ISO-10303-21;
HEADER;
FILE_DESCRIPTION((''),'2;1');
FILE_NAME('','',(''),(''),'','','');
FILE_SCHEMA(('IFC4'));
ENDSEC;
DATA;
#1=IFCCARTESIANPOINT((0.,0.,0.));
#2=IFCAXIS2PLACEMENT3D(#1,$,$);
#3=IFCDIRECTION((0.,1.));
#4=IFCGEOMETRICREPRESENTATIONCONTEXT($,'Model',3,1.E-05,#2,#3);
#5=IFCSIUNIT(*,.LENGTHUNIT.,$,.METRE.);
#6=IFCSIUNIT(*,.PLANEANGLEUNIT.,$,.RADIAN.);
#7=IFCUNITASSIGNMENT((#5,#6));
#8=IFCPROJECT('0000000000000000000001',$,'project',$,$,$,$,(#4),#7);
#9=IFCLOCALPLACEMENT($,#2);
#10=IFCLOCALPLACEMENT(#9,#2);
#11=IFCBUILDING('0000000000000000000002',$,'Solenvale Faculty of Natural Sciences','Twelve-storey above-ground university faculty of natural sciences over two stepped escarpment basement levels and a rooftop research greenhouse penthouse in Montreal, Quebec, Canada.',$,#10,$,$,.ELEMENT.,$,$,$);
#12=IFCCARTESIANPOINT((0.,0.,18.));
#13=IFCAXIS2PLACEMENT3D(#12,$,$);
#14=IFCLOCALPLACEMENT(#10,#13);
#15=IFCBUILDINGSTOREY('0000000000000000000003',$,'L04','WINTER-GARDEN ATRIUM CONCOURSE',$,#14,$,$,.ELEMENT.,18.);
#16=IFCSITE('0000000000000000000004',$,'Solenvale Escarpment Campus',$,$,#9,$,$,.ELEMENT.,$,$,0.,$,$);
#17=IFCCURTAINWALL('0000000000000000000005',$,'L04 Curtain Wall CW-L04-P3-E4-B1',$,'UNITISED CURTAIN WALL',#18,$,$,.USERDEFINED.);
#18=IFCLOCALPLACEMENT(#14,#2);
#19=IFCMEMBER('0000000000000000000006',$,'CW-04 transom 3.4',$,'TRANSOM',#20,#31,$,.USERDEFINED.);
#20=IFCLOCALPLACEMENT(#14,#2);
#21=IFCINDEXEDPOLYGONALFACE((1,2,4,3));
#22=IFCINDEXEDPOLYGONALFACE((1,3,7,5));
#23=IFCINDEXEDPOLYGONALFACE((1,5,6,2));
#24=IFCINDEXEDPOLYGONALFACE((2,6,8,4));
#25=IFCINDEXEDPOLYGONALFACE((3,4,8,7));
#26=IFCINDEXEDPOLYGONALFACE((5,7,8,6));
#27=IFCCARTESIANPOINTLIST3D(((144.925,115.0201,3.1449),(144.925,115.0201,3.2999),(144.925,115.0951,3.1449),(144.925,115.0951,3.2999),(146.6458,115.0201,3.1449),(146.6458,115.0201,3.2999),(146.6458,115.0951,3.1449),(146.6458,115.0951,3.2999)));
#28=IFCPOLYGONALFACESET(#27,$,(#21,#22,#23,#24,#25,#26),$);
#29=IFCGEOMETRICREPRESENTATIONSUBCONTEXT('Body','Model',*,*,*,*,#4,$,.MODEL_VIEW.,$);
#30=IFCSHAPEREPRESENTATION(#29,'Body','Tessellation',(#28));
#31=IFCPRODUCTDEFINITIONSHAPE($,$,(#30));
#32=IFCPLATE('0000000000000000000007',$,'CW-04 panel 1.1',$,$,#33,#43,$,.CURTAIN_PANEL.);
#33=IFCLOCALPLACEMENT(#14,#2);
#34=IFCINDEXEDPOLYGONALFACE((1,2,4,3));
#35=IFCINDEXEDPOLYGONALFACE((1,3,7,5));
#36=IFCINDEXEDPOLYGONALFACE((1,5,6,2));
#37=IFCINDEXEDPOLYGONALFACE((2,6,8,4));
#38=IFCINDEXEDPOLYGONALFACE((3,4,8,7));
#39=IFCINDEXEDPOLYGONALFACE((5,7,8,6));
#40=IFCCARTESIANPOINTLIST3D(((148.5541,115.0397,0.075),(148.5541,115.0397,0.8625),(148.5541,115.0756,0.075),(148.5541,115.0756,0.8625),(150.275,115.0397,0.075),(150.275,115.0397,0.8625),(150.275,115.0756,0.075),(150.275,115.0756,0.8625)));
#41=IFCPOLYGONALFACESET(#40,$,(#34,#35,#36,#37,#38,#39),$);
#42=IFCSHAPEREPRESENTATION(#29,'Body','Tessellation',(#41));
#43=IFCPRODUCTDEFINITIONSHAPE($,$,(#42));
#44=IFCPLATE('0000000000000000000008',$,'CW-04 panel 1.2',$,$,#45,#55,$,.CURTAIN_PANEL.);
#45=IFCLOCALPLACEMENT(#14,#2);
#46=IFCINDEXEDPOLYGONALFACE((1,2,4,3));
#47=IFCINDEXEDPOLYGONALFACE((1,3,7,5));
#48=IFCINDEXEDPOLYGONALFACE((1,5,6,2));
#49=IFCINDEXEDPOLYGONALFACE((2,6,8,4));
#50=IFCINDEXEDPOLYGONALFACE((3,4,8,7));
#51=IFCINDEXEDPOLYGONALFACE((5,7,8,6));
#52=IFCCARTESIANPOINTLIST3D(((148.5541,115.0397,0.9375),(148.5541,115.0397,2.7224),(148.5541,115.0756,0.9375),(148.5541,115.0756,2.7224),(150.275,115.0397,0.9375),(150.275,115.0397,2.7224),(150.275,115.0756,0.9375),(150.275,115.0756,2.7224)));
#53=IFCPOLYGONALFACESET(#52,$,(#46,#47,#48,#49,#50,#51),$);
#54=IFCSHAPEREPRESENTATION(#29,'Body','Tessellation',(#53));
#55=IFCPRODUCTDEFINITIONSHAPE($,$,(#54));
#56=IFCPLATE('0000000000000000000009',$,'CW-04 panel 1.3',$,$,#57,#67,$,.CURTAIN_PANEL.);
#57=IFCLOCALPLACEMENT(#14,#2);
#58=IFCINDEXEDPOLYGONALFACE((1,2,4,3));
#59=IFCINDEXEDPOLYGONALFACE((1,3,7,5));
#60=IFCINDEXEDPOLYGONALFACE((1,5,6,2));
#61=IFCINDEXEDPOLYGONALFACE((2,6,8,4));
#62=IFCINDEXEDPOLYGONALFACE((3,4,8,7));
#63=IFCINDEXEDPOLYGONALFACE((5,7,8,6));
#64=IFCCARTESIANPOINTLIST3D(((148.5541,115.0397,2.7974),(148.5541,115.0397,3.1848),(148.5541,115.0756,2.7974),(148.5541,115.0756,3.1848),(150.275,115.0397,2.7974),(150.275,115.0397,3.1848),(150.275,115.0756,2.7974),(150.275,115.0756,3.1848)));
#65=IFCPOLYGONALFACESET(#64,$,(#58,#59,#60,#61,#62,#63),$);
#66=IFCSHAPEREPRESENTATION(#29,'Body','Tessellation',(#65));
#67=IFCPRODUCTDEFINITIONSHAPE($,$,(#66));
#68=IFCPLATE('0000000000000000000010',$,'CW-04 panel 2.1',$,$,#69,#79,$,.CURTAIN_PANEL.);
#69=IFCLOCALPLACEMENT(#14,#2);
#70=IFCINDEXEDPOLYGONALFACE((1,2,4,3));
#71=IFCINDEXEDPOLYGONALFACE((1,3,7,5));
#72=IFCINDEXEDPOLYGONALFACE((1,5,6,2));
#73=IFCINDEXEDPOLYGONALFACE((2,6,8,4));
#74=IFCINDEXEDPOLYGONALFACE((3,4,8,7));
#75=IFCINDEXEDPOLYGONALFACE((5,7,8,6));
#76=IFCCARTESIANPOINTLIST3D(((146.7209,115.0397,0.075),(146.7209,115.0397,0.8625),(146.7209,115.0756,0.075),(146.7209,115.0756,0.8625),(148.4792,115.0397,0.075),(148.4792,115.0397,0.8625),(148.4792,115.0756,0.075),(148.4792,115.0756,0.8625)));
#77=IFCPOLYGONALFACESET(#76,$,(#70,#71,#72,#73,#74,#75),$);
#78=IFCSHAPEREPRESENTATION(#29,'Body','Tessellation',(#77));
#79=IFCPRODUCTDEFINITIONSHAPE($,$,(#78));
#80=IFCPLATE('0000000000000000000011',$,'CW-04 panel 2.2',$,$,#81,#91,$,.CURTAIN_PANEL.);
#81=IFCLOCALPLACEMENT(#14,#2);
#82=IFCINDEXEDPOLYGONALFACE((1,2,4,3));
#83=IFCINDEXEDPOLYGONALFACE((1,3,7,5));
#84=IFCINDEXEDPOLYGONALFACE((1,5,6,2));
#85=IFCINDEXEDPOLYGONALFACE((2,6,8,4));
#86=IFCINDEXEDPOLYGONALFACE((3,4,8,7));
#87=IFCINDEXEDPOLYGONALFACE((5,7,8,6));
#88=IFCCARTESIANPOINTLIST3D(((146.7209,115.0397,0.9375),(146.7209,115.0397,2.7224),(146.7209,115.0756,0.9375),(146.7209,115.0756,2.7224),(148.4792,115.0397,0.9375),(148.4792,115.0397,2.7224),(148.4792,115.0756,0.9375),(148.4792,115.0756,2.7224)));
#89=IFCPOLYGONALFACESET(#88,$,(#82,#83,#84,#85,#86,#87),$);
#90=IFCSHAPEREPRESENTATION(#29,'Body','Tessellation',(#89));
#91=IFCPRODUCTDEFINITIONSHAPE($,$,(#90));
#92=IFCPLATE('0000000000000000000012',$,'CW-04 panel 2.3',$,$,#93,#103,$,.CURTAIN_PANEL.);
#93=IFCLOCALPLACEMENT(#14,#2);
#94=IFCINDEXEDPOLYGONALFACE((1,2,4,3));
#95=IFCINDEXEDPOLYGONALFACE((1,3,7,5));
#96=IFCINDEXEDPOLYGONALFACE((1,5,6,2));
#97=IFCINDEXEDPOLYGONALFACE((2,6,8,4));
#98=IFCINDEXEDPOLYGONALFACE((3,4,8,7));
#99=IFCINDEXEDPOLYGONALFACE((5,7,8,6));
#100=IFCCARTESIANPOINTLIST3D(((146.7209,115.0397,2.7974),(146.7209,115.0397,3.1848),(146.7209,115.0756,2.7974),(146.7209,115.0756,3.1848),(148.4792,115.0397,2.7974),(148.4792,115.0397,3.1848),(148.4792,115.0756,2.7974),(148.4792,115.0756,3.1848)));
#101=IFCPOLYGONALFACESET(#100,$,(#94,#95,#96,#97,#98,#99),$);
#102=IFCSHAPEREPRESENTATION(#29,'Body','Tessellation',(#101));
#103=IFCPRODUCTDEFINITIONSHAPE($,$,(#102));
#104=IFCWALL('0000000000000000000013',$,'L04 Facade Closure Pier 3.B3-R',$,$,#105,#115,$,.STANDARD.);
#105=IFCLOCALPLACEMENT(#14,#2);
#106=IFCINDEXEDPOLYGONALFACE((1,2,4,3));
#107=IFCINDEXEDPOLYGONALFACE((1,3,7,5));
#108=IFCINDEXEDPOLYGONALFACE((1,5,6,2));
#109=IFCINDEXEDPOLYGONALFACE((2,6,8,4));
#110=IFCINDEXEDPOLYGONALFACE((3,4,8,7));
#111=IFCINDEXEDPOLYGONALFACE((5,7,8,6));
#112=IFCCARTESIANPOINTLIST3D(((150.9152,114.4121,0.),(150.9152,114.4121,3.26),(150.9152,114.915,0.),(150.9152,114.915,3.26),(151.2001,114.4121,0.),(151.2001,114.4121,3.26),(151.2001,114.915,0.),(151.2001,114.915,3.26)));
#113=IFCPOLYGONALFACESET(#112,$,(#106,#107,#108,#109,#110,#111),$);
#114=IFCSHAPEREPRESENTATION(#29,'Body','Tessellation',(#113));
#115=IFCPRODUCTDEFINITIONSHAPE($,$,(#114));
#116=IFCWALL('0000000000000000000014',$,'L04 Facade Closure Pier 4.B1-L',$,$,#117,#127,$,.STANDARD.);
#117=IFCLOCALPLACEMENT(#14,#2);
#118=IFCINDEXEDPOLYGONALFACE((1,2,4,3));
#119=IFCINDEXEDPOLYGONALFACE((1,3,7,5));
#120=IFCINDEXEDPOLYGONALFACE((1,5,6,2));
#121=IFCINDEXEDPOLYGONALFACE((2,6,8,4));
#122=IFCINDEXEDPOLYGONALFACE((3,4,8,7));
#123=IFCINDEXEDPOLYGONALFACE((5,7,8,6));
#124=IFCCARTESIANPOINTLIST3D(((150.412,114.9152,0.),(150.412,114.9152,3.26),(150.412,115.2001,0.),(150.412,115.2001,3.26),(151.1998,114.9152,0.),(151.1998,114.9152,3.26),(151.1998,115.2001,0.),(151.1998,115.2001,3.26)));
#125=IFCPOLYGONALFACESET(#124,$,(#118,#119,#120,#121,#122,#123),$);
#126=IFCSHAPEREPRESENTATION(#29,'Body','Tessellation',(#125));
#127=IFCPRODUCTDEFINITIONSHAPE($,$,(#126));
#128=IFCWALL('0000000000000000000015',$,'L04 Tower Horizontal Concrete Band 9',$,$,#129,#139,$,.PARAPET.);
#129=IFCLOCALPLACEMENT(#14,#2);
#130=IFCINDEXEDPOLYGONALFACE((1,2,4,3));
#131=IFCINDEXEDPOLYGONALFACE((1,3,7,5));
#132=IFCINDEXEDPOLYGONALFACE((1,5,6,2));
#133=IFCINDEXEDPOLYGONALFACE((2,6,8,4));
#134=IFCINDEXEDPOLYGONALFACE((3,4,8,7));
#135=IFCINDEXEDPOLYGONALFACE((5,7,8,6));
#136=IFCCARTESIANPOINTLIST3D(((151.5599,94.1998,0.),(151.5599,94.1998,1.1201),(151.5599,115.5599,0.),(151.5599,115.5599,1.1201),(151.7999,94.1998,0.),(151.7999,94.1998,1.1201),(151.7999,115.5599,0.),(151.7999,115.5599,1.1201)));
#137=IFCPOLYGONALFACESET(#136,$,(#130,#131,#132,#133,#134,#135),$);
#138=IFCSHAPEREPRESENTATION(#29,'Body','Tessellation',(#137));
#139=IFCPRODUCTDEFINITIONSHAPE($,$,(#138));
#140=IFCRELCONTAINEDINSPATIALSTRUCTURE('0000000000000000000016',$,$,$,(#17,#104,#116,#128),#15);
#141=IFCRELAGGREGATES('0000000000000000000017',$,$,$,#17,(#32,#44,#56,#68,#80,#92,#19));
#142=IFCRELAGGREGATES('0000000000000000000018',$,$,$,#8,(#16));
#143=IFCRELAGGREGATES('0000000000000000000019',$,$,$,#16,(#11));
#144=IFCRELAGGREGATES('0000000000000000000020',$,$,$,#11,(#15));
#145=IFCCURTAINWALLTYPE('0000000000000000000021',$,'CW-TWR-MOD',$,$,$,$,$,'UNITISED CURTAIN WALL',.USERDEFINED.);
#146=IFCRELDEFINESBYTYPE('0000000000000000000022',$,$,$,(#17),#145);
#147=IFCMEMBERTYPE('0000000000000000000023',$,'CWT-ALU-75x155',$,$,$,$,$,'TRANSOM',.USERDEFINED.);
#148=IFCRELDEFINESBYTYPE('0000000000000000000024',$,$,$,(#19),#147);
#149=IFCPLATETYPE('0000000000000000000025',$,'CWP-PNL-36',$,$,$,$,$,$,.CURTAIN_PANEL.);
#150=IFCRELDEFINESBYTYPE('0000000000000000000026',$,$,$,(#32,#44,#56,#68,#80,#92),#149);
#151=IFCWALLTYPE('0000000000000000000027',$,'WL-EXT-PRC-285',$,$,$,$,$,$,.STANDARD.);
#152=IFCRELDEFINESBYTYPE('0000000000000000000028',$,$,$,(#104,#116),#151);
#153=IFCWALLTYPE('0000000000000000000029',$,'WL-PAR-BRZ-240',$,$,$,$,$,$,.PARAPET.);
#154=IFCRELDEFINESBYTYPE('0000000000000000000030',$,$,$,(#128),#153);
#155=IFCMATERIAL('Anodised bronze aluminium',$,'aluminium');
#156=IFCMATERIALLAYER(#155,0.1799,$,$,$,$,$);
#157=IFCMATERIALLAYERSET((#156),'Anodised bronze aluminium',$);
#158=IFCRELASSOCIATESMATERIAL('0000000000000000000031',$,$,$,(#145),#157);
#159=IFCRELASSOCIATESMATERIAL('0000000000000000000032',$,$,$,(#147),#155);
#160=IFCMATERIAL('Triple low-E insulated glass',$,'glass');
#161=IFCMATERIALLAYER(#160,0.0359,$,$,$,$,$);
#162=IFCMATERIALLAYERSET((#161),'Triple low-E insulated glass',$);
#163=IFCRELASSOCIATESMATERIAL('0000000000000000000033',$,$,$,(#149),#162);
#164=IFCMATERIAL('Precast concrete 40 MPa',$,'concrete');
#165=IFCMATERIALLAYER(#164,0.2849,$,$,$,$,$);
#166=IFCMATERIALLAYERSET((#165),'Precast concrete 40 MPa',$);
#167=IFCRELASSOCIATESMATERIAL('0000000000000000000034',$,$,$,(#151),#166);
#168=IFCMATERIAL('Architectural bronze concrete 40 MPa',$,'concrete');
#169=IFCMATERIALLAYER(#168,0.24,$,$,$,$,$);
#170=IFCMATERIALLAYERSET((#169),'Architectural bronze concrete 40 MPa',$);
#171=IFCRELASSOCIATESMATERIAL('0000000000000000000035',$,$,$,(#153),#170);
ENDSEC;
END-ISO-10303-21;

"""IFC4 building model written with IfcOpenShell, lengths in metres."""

from ifc_helpers import new_model, si_unit, direction, frame, frame_2d, origin, origin_2d, place, context, subcontext, project, spatial, rectangle, extrude, material, layer, layer_set, material_profile, profile_set, type_object, element, aggregate, save


model = new_model("IFC4")

# Units and contexts
model_context = context("Model", 3, precision=1e-05, world=origin(), true_north=direction((0.0, 1.0)))
body_context = subcontext(model_context, "Body", "Model", "MODEL_VIEW")
ifc_project = project(units=[si_unit("LENGTHUNIT", "METRE"), si_unit("PLANEANGLEUNIT", "RADIAN")], contexts=[model_context])

# Site, building, storey
site_placement = place(None, origin())
site = spatial("IfcSite", under=ifc_project, at=site_placement, Name="Solenvale Escarpment Campus", CompositionType="ELEMENT", RefElevation=0.0)
building_placement = place(site_placement, origin())
building = spatial("IfcBuilding", under=site, at=building_placement, Name="Solenvale Faculty of Natural Sciences", Description="Twelve-storey above-ground university faculty of natural sciences over two stepped escarpment basement levels and a rooftop research greenhouse penthouse in Montreal, Quebec, Canada.", CompositionType="ELEMENT")
storey_placement = place(building_placement, frame((0.0, 0.0, 18.0)))
storey = spatial("IfcBuildingStorey", under=building, at=storey_placement, Name="L04", Description="WINTER-GARDEN ATRIUM CONCOURSE", CompositionType="ELEMENT", Elevation=18.0)

# Shared definitions
ifc_material_1 = material(Name="Anodised bronze aluminium", Category="aluminium")
ifc_layer_1 = layer(ifc_material_1, 0.1799)
ifc_layer_set_1 = layer_set([ifc_layer_1], Name="Anodised bronze aluminium")
curtain_wall_type = type_object("IfcCurtainWallType", Name="CW-TWR-MOD", ElementType="UNITISED CURTAIN WALL", PredefinedType="USERDEFINED", material=ifc_layer_set_1)

# Curtain wall, member, plates
curtain_wall_1_placement = place(storey_placement, origin())
curtain_wall_1 = element("IfcCurtainWall", 1, at=curtain_wall_1_placement, inside=storey, type_object=curtain_wall_type, Name="L04 Curtain Wall CW-L04-P3-E4-B1", ObjectType="UNITISED CURTAIN WALL", PredefinedType="USERDEFINED")
ifc_material_profile_1 = material_profile(ifc_material_1, rectangle(XDim=0.075, YDim=0.155, at=origin_2d()), Name="ALU-TRN-75x155")
ifc_profile_set_1 = profile_set([ifc_material_profile_1], Name="Anodised bronze aluminium")
member_type_1 = type_object("IfcMemberType", Name="CWT-ALU-75x155", ElementType="TRANSOM", PredefinedType="USERDEFINED", material=ifc_profile_set_1)
member_1_placement = place(storey_placement, frame((146.6458, 115.0576, 3.2224), z_axis=(-1.0, 0.0, 0.0), x_axis=(0.0, -1.0, 0.0)))
member_1 = element("IfcMember", 2, at=member_1_placement, type_object=member_type_1, Name="CW-04 transom 3.4", ObjectType="TRANSOM", PredefinedType="USERDEFINED", context=body_context, shape_type="SweptSolid", body=[
    extrude(rectangle(XDim=0.075, YDim=0.155, at=origin_2d()), origin(), (0.0, 0.0, 1.0), 1.7207),
])
ifc_material_2 = material(Name="Triple low-E insulated glass", Category="glass")
ifc_layer_2 = layer(ifc_material_2, 0.0359)
ifc_layer_set_2 = layer_set([ifc_layer_2], Name="Triple low-E insulated glass")
plate_type = type_object("IfcPlateType", Name="CWP-PNL-36", PredefinedType="CURTAIN_PANEL", material=ifc_layer_set_2)
plate_1_placement = place(storey_placement, frame((149.4146, 115.0576, 0.075), z_axis=(0.0, 0.0, 1.0), x_axis=(-1.0, 0.0, 0.0)))
plate_1 = element("IfcPlate", 3, at=plate_1_placement, type_object=plate_type, Name="CW-04 panel 1.1", PredefinedType="CURTAIN_PANEL", context=body_context, shape_type="SweptSolid", body=[
    extrude(rectangle(XDim=1.7209, YDim=0.0359, at=origin_2d()), origin(), (0.0, 0.0, 1.0), 0.7876),
])
plate_2_placement = place(storey_placement, frame((149.4146, 115.0576, 0.9375), z_axis=(0.0, 0.0, 1.0), x_axis=(-1.0, 0.0, 0.0)))
plate_2 = element("IfcPlate", 4, at=plate_2_placement, type_object=plate_type, Name="CW-04 panel 1.2", PredefinedType="CURTAIN_PANEL", context=body_context, shape_type="SweptSolid", body=[
    extrude(rectangle(XDim=1.7209, YDim=0.0359, at=origin_2d()), origin(), (0.0, 0.0, 1.0), 1.7849),
])
plate_3_placement = place(storey_placement, frame((149.4146, 115.0576, 2.7974), z_axis=(0.0, 0.0, 1.0), x_axis=(-1.0, 0.0, 0.0)))
plate_3 = element("IfcPlate", 5, at=plate_3_placement, type_object=plate_type, Name="CW-04 panel 1.3", PredefinedType="CURTAIN_PANEL", context=body_context, shape_type="SweptSolid", body=[
    extrude(rectangle(XDim=1.7209, YDim=0.0359, at=origin_2d()), origin(), (0.0, 0.0, 1.0), 0.3875),
])
plate_4_placement = place(storey_placement, frame((147.6001, 115.0576, 0.075), z_axis=(0.0, 0.0, 1.0), x_axis=(-1.0, 0.0, 0.0)))
plate_4 = element("IfcPlate", 6, at=plate_4_placement, type_object=plate_type, Name="CW-04 panel 2.1", PredefinedType="CURTAIN_PANEL", context=body_context, shape_type="SweptSolid", body=[
    extrude(rectangle(XDim=1.7583, YDim=0.0359, at=origin_2d()), origin(), (0.0, 0.0, 1.0), 0.7876),
])
plate_5_placement = place(storey_placement, frame((147.6001, 115.0576, 0.9375), z_axis=(0.0, 0.0, 1.0), x_axis=(-1.0, 0.0, 0.0)))
plate_5 = element("IfcPlate", 7, at=plate_5_placement, type_object=plate_type, Name="CW-04 panel 2.2", PredefinedType="CURTAIN_PANEL", context=body_context, shape_type="SweptSolid", body=[
    extrude(rectangle(XDim=1.7583, YDim=0.0359, at=origin_2d()), origin(), (0.0, 0.0, 1.0), 1.7849),
])
plate_6_placement = place(storey_placement, frame((147.6001, 115.0576, 2.7974), z_axis=(0.0, 0.0, 1.0), x_axis=(-1.0, 0.0, 0.0)))
plate_6 = element("IfcPlate", 8, at=plate_6_placement, type_object=plate_type, Name="CW-04 panel 2.3", PredefinedType="CURTAIN_PANEL", context=body_context, shape_type="SweptSolid", body=[
    extrude(rectangle(XDim=1.7583, YDim=0.0359, at=origin_2d()), origin(), (0.0, 0.0, 1.0), 0.3875),
])
aggregate(curtain_wall_1, [plate_1, plate_2, plate_3, plate_4, plate_5, plate_6, member_1])

# Walls
ifc_material_3 = material(Name="Precast concrete 40 MPa", Category="concrete")
ifc_layer_3 = layer(ifc_material_3, 0.2849)
ifc_layer_set_3 = layer_set([ifc_layer_3], Name="Precast concrete 40 MPa")
wall_type_1 = type_object("IfcWallType", Name="WL-EXT-PRC-285", PredefinedType="STANDARD", material=ifc_layer_set_3)
wall_1_placement = place(storey_placement, frame((151.0576, 114.4121, 0.0), z_axis=(0.0, 0.0, 1.0), x_axis=(0.0, 1.0, 0.0)))
element("IfcWall", 9, at=wall_1_placement, inside=storey, type_object=wall_type_1, Name="L04 Facade Closure Pier 3.B3-R", PredefinedType="STANDARD", context=body_context, shape_type="SweptSolid", body=[
    extrude(rectangle(XDim=0.5029, YDim=0.2849, at=frame_2d((0.2515, 0.0))), origin(), (0.0, 0.0, 1.0), 3.26),
])
wall_2_placement = place(storey_placement, frame((151.2, 115.0576, 0.0), z_axis=(0.0, 0.0, 1.0), x_axis=(-1.0, 0.0, 0.0)))
element("IfcWall", 10, at=wall_2_placement, inside=storey, type_object=wall_type_1, Name="L04 Facade Closure Pier 4.B1-L", PredefinedType="STANDARD", context=body_context, shape_type="SweptSolid", body=[
    extrude(rectangle(XDim=0.7878, YDim=0.2849, at=frame_2d((0.394, 0.0))), origin(), (0.0, 0.0, 1.0), 3.26),
])
ifc_material_4 = material(Name="Architectural bronze concrete 40 MPa", Category="concrete")
ifc_layer_4 = layer(ifc_material_4, 0.24)
ifc_layer_set_4 = layer_set([ifc_layer_4], Name="Architectural bronze concrete 40 MPa")
wall_type_2 = type_object("IfcWallType", Name="WL-PAR-BRZ-240", PredefinedType="PARAPET", material=ifc_layer_set_4)
wall_3_placement = place(storey_placement, frame((151.6799, 115.5601, 0.0), z_axis=(0.0, 0.0, 1.0), x_axis=(0.0, -1.0, 0.0)))
element("IfcWall", 11, at=wall_3_placement, inside=storey, type_object=wall_type_2, Name="L04 Tower Horizontal Concrete Band 9", PredefinedType="PARAPET", context=body_context, shape_type="SweptSolid", body=[
    extrude(rectangle(XDim=21.3601, YDim=0.24, at=frame_2d((10.6802, 0.0))), origin(), (0.0, 0.0, 1.0), 1.1201),
])

save(model, "model.ifc")
